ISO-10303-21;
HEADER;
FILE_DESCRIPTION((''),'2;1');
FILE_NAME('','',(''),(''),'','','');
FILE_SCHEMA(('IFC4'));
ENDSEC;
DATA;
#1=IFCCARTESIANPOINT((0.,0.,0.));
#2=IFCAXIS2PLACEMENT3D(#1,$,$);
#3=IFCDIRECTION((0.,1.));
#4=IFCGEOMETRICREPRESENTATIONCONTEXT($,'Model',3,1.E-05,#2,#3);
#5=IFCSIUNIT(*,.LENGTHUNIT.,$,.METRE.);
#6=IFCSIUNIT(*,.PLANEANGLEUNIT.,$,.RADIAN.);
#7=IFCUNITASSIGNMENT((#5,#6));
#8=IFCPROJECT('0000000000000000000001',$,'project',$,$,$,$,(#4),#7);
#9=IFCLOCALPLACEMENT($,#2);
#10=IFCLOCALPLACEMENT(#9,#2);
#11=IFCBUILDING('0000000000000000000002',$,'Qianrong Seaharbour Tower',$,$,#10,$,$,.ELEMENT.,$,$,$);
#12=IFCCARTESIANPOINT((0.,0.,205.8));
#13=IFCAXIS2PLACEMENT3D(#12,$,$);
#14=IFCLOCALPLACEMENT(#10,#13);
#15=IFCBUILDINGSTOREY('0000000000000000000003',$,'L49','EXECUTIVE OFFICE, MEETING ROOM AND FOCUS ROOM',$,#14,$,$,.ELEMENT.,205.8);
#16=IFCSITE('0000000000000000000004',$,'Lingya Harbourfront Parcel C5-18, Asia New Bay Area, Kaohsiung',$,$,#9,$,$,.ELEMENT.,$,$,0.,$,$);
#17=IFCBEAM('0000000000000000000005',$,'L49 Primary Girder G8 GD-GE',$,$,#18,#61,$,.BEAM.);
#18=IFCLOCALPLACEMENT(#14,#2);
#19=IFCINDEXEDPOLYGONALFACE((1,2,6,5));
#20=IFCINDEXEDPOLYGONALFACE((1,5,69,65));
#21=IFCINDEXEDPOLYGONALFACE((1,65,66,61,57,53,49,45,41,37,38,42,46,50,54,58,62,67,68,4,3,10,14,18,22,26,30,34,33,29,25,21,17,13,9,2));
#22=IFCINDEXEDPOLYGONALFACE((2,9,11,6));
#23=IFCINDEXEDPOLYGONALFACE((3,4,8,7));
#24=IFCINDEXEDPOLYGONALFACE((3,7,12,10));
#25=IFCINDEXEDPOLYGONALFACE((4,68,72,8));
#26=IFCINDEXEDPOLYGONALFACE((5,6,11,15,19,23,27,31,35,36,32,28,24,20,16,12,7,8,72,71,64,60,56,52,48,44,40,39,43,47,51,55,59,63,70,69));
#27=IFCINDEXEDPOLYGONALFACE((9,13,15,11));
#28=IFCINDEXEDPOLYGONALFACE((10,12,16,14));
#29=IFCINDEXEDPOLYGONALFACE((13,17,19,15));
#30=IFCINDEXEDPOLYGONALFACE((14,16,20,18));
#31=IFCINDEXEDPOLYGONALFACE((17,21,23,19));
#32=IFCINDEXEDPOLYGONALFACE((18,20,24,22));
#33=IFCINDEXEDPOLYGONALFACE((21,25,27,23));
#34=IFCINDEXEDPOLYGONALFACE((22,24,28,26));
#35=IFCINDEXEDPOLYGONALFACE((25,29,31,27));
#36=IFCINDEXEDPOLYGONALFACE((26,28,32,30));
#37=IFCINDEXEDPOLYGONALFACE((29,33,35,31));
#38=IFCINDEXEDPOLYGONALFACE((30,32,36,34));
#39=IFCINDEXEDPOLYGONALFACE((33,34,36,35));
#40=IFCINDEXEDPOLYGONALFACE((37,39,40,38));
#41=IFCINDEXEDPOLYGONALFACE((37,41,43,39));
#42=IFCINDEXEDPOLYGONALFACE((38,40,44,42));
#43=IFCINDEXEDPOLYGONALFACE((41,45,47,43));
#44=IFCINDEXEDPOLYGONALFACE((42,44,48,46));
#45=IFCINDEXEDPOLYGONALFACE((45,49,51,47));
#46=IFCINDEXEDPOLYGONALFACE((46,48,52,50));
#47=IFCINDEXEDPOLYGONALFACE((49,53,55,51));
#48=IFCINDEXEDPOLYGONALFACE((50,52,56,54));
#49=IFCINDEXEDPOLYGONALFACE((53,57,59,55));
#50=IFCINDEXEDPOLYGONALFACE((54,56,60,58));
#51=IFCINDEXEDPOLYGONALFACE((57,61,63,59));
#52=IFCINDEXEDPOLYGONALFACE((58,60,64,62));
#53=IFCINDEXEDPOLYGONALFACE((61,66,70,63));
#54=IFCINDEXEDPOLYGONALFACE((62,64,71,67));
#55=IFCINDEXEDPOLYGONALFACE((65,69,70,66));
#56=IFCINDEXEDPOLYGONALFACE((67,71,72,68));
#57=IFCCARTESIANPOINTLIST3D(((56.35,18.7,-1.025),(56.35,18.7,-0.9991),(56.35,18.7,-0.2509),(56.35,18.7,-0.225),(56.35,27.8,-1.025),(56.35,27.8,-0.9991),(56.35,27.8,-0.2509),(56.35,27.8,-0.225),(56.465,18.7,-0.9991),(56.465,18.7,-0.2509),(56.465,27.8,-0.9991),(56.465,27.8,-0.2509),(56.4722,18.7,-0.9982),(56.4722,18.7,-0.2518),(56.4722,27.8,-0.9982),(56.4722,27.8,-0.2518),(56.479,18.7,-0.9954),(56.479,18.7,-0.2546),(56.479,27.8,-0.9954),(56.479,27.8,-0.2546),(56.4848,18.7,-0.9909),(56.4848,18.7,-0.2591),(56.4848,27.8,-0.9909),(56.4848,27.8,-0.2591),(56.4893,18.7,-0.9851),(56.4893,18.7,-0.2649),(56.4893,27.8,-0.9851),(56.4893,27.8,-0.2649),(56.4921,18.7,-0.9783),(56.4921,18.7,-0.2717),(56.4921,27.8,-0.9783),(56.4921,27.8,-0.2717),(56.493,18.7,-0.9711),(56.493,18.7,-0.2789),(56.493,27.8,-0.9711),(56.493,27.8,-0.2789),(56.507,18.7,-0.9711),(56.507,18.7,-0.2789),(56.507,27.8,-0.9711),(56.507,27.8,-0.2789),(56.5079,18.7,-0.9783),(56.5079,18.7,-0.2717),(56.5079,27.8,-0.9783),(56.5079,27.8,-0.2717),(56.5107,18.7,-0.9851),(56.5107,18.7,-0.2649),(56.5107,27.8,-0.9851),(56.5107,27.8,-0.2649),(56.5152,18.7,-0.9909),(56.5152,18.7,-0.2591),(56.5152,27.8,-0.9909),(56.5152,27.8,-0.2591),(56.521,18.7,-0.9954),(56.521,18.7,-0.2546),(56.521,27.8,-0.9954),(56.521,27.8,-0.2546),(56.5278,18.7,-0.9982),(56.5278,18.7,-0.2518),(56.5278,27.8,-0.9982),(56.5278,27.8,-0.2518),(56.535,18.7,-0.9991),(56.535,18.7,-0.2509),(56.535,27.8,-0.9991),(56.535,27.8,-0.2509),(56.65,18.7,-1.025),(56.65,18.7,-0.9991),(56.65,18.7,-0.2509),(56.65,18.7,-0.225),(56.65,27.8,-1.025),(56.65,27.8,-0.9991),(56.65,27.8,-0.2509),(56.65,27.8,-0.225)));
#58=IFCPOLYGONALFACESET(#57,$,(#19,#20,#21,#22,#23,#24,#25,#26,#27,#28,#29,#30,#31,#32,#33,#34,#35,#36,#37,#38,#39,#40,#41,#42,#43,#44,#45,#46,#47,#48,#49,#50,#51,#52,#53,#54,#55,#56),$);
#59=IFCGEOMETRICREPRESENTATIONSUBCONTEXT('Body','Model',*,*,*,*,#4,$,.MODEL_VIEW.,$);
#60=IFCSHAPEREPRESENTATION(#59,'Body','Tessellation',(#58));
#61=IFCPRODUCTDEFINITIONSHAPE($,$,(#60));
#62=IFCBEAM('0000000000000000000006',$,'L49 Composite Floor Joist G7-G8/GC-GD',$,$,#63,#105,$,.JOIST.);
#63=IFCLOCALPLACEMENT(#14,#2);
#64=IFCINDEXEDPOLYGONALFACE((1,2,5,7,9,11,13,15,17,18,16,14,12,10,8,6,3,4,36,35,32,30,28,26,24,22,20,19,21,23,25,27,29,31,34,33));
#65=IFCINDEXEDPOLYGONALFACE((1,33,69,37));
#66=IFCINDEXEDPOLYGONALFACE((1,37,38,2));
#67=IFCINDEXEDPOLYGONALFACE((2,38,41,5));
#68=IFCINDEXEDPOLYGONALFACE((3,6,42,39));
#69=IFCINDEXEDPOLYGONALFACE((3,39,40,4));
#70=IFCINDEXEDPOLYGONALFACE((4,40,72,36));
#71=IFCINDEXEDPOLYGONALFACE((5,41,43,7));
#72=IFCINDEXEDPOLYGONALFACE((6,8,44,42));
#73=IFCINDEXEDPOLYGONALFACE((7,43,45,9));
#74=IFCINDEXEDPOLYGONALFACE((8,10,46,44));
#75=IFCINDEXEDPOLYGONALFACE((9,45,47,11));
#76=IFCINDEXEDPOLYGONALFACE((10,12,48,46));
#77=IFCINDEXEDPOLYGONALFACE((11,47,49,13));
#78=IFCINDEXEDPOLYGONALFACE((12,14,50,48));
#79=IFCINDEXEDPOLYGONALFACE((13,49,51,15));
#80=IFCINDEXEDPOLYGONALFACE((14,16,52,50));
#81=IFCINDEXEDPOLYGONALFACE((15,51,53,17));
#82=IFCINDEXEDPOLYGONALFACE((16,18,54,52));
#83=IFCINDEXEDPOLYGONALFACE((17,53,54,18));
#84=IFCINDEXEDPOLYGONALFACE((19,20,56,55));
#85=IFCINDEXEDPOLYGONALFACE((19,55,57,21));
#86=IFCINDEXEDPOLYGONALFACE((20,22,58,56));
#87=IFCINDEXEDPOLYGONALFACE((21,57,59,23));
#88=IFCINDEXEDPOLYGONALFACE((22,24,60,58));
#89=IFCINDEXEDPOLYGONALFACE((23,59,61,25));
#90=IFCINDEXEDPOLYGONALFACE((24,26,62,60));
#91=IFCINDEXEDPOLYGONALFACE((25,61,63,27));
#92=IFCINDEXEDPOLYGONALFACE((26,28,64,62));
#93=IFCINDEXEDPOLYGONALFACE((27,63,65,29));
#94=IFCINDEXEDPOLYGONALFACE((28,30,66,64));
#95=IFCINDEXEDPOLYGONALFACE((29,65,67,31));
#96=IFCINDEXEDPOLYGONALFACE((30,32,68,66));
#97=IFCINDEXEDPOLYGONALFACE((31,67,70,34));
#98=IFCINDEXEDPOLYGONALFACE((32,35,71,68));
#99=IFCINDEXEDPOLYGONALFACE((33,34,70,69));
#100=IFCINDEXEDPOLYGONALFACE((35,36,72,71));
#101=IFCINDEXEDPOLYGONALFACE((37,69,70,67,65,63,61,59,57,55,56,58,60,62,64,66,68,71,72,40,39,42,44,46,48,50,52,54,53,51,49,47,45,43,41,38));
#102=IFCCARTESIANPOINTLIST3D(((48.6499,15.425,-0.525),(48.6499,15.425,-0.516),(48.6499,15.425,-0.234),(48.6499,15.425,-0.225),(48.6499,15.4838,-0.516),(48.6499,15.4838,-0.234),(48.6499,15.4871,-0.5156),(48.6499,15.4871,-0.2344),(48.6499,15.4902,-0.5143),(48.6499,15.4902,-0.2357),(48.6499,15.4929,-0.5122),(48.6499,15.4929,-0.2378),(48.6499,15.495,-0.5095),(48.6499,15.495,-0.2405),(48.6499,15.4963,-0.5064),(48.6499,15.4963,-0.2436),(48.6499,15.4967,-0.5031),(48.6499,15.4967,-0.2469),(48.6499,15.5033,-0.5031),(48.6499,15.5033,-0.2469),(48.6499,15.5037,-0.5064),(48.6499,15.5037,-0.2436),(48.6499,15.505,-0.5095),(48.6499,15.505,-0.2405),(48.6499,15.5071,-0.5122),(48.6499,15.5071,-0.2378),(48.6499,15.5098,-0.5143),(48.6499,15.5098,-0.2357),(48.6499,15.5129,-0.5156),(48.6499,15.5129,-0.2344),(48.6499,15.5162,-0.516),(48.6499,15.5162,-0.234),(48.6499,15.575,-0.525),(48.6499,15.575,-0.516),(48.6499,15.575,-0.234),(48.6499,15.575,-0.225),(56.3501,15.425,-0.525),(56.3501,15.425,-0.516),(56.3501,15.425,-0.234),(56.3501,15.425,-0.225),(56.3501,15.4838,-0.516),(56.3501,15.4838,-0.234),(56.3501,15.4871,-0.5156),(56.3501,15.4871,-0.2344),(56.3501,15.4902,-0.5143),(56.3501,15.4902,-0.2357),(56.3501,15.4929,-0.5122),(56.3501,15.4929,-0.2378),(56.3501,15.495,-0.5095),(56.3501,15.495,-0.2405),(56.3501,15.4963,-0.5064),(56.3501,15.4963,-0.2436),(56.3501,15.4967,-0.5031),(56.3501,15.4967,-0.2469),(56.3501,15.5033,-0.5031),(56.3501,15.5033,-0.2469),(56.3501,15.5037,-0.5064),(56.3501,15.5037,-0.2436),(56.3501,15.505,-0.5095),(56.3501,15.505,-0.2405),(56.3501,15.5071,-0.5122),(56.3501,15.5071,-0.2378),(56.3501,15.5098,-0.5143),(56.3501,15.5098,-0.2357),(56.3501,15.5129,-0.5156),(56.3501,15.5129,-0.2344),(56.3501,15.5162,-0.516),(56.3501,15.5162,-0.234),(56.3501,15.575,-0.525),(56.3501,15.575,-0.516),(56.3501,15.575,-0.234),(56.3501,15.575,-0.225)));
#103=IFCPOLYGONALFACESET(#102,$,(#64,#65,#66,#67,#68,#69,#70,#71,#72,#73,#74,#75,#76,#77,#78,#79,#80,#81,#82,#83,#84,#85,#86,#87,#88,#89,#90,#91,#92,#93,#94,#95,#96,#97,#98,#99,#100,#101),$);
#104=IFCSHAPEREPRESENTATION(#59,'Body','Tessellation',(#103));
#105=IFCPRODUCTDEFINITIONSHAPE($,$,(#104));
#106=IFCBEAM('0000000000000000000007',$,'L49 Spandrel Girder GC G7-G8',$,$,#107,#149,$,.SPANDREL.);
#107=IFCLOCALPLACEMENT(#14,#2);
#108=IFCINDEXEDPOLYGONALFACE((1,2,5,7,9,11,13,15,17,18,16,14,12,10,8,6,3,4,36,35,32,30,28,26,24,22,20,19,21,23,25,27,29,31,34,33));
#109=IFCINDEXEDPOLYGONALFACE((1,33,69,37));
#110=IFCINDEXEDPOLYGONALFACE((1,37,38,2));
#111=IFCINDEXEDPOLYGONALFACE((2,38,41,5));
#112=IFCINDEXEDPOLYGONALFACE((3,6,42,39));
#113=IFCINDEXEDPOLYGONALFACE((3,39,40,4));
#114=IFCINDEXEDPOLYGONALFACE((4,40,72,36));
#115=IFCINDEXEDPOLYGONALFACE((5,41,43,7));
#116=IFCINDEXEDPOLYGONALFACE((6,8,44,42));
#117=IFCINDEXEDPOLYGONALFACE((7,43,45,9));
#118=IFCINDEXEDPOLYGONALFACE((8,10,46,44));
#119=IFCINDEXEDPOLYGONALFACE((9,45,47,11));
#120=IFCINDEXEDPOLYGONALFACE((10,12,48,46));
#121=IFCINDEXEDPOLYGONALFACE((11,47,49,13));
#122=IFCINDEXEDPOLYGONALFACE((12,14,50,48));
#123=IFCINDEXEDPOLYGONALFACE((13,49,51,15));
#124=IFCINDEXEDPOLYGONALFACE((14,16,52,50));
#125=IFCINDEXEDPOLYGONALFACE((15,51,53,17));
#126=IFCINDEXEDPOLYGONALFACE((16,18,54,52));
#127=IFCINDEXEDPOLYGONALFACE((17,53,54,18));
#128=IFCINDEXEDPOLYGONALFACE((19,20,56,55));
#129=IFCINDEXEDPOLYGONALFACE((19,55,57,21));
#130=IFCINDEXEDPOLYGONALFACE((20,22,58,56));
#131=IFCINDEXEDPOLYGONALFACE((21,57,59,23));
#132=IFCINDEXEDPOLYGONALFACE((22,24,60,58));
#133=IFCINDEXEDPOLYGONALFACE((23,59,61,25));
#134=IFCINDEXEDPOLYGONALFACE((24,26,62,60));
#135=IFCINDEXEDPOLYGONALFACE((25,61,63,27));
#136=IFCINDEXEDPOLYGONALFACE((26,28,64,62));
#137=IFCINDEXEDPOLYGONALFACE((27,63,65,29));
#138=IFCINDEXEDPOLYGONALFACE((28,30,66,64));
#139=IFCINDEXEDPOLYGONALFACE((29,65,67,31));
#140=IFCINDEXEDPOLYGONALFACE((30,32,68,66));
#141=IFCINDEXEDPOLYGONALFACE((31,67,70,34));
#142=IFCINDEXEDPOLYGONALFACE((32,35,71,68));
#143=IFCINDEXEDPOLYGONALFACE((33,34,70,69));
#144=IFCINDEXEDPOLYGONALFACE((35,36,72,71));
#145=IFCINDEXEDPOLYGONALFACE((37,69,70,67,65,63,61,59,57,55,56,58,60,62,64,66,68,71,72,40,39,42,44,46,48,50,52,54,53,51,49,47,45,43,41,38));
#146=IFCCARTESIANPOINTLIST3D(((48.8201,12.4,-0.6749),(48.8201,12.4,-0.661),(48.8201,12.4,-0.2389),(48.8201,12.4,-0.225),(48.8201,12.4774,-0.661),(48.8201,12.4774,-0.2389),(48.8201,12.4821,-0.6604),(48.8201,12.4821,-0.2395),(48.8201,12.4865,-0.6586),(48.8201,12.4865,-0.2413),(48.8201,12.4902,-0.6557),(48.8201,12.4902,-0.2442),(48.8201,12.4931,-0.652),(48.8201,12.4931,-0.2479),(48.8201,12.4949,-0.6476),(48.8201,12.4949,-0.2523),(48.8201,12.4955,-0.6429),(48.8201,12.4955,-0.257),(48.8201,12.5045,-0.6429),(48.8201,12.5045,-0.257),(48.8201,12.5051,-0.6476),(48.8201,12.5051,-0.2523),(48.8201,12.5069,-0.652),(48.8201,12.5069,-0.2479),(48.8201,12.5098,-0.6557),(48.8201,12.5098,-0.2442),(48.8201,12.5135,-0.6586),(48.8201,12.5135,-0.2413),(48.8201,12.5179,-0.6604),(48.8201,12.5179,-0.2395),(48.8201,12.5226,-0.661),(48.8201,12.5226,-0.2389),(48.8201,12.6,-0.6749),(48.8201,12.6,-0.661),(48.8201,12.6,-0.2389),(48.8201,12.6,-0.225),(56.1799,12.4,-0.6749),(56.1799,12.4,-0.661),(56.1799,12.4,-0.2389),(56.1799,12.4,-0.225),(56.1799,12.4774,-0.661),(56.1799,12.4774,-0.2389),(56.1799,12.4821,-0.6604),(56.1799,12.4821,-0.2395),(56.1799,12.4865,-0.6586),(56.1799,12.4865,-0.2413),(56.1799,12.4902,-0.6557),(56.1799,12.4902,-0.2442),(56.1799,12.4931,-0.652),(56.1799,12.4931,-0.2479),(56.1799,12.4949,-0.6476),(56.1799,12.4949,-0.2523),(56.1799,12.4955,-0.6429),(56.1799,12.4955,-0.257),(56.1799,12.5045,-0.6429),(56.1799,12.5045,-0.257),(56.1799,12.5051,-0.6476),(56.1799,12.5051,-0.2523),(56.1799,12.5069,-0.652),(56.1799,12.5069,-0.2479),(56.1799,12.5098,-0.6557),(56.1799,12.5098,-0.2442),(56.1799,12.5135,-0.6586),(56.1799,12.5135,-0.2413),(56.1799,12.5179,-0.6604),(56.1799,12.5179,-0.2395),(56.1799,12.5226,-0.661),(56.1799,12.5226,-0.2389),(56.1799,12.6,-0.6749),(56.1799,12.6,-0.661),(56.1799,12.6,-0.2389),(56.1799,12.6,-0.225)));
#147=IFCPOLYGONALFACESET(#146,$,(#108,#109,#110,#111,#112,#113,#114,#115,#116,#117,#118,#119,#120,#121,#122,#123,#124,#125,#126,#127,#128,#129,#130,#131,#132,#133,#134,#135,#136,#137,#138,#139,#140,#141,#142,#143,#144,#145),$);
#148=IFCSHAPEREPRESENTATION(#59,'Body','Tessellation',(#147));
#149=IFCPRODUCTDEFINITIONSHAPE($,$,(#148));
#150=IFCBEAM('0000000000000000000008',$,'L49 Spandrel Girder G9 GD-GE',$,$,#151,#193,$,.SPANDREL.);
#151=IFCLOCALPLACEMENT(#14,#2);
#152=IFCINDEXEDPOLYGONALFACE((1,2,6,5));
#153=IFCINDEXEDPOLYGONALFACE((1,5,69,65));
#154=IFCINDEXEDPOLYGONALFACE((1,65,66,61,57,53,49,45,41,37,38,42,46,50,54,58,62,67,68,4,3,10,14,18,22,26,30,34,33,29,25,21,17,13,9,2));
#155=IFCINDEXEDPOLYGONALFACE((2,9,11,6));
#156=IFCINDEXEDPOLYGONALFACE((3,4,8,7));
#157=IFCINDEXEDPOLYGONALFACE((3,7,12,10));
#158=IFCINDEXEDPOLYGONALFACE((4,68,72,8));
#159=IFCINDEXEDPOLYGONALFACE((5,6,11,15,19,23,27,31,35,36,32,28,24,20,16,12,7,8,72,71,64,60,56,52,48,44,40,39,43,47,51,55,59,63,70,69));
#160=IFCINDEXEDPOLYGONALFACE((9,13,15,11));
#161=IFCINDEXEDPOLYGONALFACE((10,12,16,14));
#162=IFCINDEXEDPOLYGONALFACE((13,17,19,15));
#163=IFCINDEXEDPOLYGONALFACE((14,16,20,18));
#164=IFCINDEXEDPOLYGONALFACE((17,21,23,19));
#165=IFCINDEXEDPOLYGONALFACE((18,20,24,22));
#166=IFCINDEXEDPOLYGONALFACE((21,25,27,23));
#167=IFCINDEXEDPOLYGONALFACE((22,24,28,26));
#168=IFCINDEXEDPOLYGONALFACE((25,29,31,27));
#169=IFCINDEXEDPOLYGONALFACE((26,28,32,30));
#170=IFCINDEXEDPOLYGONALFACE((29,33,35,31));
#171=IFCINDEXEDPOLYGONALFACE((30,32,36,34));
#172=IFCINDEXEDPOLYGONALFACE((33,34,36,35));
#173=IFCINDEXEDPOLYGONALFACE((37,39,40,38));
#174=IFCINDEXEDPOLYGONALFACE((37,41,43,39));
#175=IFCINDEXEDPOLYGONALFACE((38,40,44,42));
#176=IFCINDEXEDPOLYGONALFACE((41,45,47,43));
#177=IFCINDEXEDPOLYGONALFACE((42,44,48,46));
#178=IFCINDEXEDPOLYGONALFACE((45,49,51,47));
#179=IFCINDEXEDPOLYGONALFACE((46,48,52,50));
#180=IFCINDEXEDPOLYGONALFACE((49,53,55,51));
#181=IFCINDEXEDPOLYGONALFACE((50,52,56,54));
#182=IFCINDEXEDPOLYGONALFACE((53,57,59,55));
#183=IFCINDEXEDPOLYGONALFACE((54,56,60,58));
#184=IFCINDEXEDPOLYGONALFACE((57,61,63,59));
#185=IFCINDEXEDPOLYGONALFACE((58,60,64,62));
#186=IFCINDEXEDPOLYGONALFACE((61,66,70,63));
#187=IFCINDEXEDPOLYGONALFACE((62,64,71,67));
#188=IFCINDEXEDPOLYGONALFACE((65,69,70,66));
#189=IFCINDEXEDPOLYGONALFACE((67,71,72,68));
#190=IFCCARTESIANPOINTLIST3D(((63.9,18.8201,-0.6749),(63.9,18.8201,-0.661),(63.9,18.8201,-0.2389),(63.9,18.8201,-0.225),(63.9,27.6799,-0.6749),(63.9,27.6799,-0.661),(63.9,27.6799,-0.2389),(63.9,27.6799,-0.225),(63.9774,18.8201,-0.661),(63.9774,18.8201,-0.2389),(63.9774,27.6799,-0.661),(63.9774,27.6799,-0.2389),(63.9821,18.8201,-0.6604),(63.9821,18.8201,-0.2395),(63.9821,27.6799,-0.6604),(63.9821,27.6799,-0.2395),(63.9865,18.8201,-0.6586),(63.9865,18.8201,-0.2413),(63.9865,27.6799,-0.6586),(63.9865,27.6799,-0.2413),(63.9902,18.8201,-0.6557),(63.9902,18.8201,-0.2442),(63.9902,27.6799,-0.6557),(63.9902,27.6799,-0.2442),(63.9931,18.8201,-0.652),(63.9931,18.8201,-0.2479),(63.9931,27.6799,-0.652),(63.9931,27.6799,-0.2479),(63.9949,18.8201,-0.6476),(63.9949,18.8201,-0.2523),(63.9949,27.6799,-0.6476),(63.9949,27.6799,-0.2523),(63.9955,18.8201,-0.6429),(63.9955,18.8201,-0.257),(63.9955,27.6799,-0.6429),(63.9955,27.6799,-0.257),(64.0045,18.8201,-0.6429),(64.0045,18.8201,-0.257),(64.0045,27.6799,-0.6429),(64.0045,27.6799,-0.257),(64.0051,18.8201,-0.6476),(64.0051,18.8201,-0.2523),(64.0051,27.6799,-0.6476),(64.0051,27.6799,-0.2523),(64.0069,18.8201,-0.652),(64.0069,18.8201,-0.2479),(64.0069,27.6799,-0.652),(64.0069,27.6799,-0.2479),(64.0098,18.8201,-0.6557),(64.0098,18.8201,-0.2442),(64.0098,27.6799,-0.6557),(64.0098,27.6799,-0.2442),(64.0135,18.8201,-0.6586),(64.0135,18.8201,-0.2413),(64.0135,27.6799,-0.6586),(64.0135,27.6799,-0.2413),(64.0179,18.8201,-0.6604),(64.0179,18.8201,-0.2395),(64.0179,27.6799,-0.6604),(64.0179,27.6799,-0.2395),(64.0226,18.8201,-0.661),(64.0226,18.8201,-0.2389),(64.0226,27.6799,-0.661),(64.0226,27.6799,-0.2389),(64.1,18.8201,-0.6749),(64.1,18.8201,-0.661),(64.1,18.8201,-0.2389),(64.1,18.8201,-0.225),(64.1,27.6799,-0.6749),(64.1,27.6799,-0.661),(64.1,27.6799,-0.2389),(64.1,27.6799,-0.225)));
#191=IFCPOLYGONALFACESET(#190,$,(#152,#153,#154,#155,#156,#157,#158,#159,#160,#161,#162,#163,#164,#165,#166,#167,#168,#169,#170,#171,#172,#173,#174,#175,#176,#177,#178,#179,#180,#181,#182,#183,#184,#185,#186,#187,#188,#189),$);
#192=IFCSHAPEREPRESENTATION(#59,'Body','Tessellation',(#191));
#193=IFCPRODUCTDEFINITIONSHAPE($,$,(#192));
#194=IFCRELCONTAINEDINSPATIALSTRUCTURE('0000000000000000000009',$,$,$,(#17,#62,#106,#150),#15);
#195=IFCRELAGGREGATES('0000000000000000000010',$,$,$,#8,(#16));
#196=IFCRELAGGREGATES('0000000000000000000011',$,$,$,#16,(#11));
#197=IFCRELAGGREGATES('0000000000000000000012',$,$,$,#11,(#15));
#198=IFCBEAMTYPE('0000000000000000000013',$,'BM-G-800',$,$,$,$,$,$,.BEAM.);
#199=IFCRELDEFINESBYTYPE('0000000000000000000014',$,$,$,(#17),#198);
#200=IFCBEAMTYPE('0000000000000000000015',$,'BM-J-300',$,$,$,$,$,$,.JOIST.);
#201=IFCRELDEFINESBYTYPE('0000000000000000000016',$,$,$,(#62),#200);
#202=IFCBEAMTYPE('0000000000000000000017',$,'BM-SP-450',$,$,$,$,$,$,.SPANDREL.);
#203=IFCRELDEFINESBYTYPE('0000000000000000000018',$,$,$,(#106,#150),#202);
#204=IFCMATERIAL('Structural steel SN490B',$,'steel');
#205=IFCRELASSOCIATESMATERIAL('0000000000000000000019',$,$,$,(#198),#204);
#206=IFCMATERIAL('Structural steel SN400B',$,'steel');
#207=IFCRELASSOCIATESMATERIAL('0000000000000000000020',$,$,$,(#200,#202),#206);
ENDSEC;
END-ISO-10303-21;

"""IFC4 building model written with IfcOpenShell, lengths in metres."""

from ifc_helpers import new_model, si_unit, direction, frame, origin, origin_2d, place, context, subcontext, project, spatial, i_section, extrude, material, material_profile, profile_set, type_object, element, save


model = new_model("IFC4")

# Units and contexts
model_context = context("Model", 3, precision=1e-05, world=origin(), true_north=direction((0.0, 1.0)))
body_context = subcontext(model_context, "Body", "Model", "MODEL_VIEW")
ifc_project = project(units=[si_unit("LENGTHUNIT", "METRE"), si_unit("PLANEANGLEUNIT", "RADIAN")], contexts=[model_context])

# Site, building, storey
site_placement = place(None, origin())
site = spatial("IfcSite", under=ifc_project, at=site_placement, Name="Lingya Harbourfront Parcel C5-18, Asia New Bay Area, Kaohsiung", CompositionType="ELEMENT", RefElevation=0.0)
building_placement = place(site_placement, origin())
building = spatial("IfcBuilding", under=site, at=building_placement, Name="Qianrong Seaharbour Tower", CompositionType="ELEMENT")
storey_placement = place(building_placement, frame((0.0, 0.0, 205.8)))
storey = spatial("IfcBuildingStorey", under=building, at=storey_placement, Name="L49", Description="EXECUTIVE OFFICE, MEETING ROOM AND FOCUS ROOM", CompositionType="ELEMENT", Elevation=205.8)

# Shared definitions
ifc_material_1 = material(Name="Structural steel SN490B", Category="steel")

# Beams
ifc_material_profile_1 = material_profile(ifc_material_1, i_section(OverallWidth=0.3, OverallDepth=0.8, WebThickness=0.0139, FlangeThickness=0.0259, FilletRadius=0.0281, at=origin_2d()), Name="H800x300x14x26")
ifc_profile_set_1 = profile_set([ifc_material_profile_1], Name="Structural steel SN490B")
beam_type_1 = type_object("IfcBeamType", Name="BM-G-800", PredefinedType="BEAM", material=ifc_profile_set_1)
for number, where, z_axis, x_axis, name in (
    (1, (56.5, 18.7, -0.625), (0.0, 1.0, 0.0), (-1.0, 0.0, 0.0), "L49 Primary Girder G8 GD-GE"),
):
    element("IfcBeam", number, at=place(storey_placement, frame(where, z_axis=z_axis, x_axis=x_axis)), inside=storey, type_object=beam_type_1, Name=name, PredefinedType="BEAM", context=body_context, shape_type="SweptSolid", body=[
        extrude(i_section(OverallWidth=0.3, OverallDepth=0.8, WebThickness=0.0139, FlangeThickness=0.0259, FilletRadius=0.0281, at=origin_2d()), origin(), (0.0, 0.0, 1.0), 9.1001),
    ])
ifc_material_2 = material(Name="Structural steel SN400B", Category="steel")
ifc_material_profile_2 = material_profile(ifc_material_2, i_section(OverallWidth=0.1499, OverallDepth=0.3, WebThickness=0.0066, FlangeThickness=0.009, FilletRadius=0.0129, at=origin_2d()), Name="H300x150x6.5x9")
ifc_profile_set_2 = profile_set([ifc_material_profile_2], Name="Structural steel SN400B")
beam_type_2 = type_object("IfcBeamType", Name="BM-J-300", PredefinedType="JOIST", material=ifc_profile_set_2)
beam_1_placement = place(storey_placement, frame((48.6499, 15.5, -0.375), z_axis=(1.0, 0.0, 0.0), x_axis=(0.0, 1.0, 0.0)))
element("IfcBeam", 2, at=beam_1_placement, inside=storey, type_object=beam_type_2, Name="L49 Composite Floor Joist G7-G8/GC-GD", PredefinedType="JOIST", context=body_context, shape_type="SweptSolid", body=[
    extrude(i_section(OverallWidth=0.1499, OverallDepth=0.3, WebThickness=0.0066, FlangeThickness=0.009, FilletRadius=0.0129, at=origin_2d()), origin(), (0.0, 0.0, 1.0), 7.7002),
])
ifc_material_profile_3 = material_profile(ifc_material_2, i_section(OverallWidth=0.2, OverallDepth=0.45, WebThickness=0.009, FlangeThickness=0.0139, FilletRadius=0.0181, at=origin_2d()), Name="H450x200x9x14")
ifc_profile_set_3 = profile_set([ifc_material_profile_3], Name="Structural steel SN400B")
beam_type_3 = type_object("IfcBeamType", Name="BM-SP-450", PredefinedType="SPANDREL", material=ifc_profile_set_3)
beam_2_placement = place(storey_placement, frame((48.8201, 12.5, -0.45), z_axis=(1.0, 0.0, 0.0), x_axis=(0.0, 1.0, 0.0)))
element("IfcBeam", 3, at=beam_2_placement, inside=storey, type_object=beam_type_3, Name="L49 Spandrel Girder GC G7-G8", PredefinedType="SPANDREL", context=body_context, shape_type="SweptSolid", body=[
    extrude(i_section(OverallWidth=0.2, OverallDepth=0.45, WebThickness=0.009, FlangeThickness=0.0139, FilletRadius=0.0181, at=origin_2d()), origin(), (0.0, 0.0, 1.0), 7.3599),
])
beam_3_placement = place(storey_placement, frame((64.0, 18.8201, -0.45), z_axis=(0.0, 1.0, 0.0), x_axis=(-1.0, 0.0, 0.0)))
element("IfcBeam", 4, at=beam_3_placement, inside=storey, type_object=beam_type_3, Name="L49 Spandrel Girder G9 GD-GE", PredefinedType="SPANDREL", context=body_context, shape_type="SweptSolid", body=[
    extrude(i_section(OverallWidth=0.2, OverallDepth=0.45, WebThickness=0.009, FlangeThickness=0.0139, FilletRadius=0.0181, at=origin_2d()), origin(), (0.0, 0.0, 1.0), 8.8599),
])

save(model, "model.ifc")
